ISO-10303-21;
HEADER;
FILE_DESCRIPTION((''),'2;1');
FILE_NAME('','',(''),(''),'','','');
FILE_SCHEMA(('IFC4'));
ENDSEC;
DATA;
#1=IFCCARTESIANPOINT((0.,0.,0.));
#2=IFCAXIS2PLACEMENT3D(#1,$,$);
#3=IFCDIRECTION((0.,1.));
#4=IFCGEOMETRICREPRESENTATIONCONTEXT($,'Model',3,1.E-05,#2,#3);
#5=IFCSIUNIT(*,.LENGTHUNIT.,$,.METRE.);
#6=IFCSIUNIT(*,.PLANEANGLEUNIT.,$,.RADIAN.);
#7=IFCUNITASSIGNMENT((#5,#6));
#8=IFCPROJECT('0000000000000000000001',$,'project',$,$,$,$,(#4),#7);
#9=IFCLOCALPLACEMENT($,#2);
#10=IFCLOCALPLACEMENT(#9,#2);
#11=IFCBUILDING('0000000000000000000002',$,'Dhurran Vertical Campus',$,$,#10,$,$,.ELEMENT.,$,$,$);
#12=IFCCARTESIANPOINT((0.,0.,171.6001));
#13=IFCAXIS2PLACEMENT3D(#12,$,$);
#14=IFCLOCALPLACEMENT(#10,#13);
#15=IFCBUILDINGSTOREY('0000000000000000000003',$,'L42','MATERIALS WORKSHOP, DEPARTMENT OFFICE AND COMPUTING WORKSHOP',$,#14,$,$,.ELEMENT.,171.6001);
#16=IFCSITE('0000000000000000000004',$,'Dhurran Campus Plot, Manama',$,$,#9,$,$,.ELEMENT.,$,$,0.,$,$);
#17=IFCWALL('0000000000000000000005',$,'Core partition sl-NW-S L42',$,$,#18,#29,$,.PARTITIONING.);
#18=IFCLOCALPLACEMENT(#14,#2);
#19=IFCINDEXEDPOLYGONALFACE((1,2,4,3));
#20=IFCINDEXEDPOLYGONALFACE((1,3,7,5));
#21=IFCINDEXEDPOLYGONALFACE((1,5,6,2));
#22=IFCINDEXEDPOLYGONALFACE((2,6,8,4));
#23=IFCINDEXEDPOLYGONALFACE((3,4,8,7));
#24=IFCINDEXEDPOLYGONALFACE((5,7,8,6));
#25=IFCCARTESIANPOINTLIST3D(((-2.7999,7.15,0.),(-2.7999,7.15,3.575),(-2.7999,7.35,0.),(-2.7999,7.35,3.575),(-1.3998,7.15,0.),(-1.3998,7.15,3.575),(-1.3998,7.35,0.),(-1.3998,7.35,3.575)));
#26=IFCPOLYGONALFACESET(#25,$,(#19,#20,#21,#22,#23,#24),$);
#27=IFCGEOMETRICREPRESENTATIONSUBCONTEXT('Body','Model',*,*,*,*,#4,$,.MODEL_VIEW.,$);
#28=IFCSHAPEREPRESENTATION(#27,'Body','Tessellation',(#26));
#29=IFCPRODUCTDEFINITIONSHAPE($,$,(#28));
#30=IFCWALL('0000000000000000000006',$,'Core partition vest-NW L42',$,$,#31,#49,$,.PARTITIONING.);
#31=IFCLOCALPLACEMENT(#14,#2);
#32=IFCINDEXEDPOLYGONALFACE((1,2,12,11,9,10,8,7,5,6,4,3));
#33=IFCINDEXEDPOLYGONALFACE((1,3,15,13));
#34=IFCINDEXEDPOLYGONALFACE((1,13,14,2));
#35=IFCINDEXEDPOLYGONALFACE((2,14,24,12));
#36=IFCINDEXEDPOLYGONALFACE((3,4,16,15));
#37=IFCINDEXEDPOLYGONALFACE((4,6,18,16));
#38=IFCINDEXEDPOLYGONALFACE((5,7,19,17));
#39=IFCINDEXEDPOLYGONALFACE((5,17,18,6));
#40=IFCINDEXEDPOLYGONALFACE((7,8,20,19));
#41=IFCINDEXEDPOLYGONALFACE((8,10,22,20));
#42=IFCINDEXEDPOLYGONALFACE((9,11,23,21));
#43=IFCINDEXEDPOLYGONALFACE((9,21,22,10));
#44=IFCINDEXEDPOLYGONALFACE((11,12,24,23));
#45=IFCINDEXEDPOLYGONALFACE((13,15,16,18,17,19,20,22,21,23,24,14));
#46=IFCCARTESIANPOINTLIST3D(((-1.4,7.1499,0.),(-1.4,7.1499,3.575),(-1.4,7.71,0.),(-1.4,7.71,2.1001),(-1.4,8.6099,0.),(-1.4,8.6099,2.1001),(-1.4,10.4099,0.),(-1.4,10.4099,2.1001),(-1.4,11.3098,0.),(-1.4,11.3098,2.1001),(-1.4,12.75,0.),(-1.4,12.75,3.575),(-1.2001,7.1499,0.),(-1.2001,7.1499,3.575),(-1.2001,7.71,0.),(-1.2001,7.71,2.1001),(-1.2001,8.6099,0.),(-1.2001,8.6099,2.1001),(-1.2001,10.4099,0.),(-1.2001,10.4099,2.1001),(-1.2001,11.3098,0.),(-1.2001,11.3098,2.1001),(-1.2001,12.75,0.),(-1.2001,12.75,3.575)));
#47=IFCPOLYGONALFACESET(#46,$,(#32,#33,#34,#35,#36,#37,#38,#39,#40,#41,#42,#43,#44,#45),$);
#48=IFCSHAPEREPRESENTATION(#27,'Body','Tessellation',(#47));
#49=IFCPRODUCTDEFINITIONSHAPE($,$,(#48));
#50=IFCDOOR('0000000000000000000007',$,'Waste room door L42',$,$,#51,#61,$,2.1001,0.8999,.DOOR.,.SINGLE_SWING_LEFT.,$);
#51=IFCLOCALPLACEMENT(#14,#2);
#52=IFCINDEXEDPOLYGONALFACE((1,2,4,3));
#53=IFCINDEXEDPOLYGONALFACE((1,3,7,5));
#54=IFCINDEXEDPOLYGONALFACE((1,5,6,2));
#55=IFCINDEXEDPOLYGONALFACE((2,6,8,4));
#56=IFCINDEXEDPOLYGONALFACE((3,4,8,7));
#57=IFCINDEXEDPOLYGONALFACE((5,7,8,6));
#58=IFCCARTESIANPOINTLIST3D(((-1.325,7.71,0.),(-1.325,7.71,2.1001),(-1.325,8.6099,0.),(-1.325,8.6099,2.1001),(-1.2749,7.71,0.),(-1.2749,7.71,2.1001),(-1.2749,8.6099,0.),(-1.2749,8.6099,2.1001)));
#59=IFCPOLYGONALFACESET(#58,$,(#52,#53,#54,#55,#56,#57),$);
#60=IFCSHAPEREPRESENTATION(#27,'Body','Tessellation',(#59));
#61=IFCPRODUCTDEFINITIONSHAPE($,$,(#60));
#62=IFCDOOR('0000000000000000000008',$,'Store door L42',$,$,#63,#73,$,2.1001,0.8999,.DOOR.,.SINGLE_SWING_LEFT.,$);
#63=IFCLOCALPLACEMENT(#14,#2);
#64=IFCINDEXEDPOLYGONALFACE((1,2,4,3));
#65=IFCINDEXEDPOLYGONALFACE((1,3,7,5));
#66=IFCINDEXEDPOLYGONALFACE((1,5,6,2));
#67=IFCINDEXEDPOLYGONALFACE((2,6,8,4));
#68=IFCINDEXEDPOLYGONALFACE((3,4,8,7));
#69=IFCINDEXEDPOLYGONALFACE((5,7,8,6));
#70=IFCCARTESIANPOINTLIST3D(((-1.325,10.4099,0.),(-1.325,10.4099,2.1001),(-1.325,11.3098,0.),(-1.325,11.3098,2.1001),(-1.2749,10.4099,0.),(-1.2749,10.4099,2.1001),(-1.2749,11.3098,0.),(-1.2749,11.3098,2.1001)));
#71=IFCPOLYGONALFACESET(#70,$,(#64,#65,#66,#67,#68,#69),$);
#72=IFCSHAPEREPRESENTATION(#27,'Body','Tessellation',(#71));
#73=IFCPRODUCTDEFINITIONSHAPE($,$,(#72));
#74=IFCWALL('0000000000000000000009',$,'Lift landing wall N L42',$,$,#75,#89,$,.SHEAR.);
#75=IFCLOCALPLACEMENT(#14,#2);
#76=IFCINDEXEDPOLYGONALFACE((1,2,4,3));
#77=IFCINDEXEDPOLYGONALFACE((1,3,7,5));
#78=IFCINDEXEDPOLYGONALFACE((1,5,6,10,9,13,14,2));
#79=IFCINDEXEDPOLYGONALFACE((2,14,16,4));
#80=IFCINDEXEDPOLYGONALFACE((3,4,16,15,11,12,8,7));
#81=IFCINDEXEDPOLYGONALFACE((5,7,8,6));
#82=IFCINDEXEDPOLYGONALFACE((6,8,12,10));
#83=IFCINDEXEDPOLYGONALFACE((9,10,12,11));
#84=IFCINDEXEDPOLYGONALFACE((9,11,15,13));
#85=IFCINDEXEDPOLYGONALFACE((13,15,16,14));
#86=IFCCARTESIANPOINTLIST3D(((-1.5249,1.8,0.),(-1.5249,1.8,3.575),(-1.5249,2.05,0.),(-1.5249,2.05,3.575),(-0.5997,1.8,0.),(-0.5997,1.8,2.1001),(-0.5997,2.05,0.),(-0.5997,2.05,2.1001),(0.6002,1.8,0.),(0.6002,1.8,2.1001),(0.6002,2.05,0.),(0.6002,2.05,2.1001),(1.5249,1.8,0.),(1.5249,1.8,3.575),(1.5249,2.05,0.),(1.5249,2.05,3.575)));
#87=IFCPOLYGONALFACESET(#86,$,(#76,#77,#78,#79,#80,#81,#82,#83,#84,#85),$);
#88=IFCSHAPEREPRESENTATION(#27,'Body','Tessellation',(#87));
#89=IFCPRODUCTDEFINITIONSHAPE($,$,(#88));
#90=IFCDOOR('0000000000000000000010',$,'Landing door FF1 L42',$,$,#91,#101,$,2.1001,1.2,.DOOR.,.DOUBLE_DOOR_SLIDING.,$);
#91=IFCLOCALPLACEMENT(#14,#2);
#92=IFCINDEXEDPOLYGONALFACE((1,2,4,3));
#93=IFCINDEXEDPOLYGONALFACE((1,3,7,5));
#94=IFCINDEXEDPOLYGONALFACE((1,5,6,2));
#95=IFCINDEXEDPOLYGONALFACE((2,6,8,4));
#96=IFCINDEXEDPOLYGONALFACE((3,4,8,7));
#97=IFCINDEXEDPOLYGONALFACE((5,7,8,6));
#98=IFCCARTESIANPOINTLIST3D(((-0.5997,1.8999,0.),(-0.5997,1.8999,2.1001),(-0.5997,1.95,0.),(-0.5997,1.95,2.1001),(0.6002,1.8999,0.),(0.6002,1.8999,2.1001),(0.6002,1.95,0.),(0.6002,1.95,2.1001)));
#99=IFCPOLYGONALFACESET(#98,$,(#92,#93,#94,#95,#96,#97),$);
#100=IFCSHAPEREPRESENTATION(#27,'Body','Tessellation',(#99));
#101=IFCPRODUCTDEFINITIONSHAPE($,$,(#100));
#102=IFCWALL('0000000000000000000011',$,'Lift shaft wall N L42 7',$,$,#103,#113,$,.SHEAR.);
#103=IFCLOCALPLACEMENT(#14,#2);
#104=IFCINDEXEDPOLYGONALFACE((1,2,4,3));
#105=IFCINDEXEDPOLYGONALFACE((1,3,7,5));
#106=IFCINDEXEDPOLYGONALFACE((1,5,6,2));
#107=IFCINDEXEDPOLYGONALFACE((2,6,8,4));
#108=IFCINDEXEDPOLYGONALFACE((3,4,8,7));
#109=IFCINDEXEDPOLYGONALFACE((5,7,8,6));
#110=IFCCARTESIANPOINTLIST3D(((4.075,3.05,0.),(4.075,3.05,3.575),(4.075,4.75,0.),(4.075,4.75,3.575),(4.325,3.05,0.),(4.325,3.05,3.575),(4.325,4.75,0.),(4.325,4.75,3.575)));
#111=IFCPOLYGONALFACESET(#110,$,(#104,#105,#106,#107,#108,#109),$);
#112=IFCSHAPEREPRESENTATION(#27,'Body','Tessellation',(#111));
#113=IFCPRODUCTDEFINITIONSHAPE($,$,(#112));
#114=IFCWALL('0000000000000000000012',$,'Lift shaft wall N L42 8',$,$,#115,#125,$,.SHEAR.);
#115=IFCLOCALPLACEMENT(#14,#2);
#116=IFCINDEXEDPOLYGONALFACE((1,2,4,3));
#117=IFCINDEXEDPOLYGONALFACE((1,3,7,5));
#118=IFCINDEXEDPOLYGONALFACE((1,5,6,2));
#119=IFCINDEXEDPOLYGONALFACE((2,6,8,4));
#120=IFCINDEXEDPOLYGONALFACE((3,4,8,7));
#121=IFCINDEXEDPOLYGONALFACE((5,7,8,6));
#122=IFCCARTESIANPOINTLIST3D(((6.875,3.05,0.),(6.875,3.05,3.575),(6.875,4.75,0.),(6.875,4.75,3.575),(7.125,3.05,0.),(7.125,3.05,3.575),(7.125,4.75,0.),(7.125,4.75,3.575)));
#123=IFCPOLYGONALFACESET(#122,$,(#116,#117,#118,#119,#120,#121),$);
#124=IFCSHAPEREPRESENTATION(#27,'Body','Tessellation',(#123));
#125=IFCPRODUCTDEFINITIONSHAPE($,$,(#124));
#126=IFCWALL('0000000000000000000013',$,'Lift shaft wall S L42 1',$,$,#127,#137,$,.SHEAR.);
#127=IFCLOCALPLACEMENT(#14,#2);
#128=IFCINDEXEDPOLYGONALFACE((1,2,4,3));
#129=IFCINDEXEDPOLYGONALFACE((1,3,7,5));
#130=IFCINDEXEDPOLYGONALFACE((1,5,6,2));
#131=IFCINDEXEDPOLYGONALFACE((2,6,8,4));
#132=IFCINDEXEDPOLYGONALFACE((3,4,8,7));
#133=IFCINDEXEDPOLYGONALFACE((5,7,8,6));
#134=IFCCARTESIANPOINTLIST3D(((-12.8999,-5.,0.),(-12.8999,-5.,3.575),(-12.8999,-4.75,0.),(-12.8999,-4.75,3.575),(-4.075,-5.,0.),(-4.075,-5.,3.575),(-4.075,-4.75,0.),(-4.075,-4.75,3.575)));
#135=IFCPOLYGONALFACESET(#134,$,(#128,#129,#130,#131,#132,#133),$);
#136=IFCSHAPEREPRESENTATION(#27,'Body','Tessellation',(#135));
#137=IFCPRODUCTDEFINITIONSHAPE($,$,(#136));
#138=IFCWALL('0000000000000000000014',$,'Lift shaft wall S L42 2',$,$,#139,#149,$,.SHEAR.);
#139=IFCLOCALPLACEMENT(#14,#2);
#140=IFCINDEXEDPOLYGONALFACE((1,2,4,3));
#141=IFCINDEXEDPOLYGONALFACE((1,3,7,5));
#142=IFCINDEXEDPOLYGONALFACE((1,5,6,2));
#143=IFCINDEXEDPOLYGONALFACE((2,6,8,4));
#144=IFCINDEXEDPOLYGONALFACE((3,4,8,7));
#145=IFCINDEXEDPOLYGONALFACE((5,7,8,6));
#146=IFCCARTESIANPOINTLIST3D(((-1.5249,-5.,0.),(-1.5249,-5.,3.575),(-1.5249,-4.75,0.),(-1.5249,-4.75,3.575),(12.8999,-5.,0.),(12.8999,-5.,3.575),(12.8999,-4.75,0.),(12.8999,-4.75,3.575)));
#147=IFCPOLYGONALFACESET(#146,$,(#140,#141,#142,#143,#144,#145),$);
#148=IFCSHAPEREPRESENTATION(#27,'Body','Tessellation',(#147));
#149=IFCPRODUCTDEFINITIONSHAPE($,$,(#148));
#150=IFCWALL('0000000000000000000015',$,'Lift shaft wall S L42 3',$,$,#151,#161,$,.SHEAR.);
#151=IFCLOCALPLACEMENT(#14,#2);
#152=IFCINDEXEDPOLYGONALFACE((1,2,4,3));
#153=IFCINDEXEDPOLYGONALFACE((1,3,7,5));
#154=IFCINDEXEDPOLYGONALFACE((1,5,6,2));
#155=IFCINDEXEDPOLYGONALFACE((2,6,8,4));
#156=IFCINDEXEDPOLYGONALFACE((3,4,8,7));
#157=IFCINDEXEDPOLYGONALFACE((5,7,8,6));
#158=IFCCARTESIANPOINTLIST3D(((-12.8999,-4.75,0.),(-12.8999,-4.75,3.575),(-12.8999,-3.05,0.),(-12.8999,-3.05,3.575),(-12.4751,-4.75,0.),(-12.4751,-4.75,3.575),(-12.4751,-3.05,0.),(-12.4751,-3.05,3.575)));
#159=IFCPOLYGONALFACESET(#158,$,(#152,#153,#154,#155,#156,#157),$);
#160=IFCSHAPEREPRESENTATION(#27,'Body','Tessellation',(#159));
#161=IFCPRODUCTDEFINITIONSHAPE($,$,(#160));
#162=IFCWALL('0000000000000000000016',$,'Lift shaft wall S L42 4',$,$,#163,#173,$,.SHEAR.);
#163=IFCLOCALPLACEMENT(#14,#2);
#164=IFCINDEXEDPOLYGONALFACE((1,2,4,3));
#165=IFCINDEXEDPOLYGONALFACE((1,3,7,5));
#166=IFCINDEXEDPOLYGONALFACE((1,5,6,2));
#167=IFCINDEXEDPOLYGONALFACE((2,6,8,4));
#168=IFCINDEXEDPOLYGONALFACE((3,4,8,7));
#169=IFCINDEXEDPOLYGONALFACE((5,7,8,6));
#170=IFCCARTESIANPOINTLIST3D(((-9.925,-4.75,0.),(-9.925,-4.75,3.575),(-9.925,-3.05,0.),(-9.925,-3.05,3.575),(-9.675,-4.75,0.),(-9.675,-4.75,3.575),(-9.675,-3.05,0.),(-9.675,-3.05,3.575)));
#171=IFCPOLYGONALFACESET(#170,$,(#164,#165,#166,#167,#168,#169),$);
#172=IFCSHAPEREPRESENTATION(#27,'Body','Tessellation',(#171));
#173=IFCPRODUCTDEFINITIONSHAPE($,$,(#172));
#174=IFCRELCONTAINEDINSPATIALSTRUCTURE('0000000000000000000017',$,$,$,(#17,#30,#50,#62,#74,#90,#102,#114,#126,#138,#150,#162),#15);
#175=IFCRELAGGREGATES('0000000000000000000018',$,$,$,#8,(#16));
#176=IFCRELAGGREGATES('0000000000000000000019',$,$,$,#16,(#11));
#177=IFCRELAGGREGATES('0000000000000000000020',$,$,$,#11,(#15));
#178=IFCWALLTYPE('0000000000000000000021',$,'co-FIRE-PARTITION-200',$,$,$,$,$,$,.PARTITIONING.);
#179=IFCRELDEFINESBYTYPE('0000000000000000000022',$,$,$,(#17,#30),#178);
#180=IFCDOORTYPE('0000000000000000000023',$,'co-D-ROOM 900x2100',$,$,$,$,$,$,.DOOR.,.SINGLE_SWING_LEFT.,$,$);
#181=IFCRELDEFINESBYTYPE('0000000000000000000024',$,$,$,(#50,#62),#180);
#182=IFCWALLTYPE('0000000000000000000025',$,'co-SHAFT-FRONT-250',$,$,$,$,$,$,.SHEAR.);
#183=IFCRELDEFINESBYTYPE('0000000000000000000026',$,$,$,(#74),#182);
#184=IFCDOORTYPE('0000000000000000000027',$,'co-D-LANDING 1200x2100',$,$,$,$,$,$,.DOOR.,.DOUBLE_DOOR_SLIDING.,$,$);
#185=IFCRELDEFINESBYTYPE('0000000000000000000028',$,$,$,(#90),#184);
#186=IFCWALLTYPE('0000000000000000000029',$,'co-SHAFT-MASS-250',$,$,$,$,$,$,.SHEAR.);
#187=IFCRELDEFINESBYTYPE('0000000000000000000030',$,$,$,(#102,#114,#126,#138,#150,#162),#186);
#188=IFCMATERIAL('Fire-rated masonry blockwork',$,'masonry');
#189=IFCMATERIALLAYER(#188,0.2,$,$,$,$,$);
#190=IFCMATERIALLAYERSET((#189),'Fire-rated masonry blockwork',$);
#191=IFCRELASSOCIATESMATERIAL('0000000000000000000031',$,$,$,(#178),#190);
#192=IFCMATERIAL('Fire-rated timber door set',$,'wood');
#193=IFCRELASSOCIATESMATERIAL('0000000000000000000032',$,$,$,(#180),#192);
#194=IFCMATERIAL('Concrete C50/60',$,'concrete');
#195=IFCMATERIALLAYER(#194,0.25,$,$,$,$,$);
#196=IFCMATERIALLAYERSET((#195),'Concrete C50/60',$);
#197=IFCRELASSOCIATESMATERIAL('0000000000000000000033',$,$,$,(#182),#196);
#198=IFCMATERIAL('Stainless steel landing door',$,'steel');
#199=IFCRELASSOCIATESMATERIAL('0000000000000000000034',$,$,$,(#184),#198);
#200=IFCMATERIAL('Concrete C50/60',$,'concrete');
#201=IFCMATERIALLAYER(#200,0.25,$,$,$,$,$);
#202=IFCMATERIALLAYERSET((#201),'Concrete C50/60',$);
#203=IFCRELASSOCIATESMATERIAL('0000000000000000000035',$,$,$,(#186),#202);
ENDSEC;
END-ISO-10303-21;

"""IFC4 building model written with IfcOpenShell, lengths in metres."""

from ifc_helpers import new_model, si_unit, direction, frame, frame_2d, origin, place, context, subcontext, project, spatial, polyline, rectangle, outline, extrude, material, layer, layer_set, type_object, element, fill, save


model = new_model("IFC4")

# Units and contexts
model_context = context("Model", 3, precision=1e-05, world=origin(), true_north=direction((0.0, 1.0)))
body_context = subcontext(model_context, "Body", "Model", "MODEL_VIEW")
ifc_project = project(units=[si_unit("LENGTHUNIT", "METRE"), si_unit("PLANEANGLEUNIT", "RADIAN")], contexts=[model_context])

# Site, building, storey
site_placement = place(None, origin())
site = spatial("IfcSite", under=ifc_project, at=site_placement, Name="Dhurran Campus Plot, Manama", CompositionType="ELEMENT", RefElevation=0.0)
building_placement = place(site_placement, origin())
building = spatial("IfcBuilding", under=site, at=building_placement, Name="Dhurran Vertical Campus", CompositionType="ELEMENT")
storey_placement = place(building_placement, frame((0.0, 0.0, 171.6001)))
storey = spatial("IfcBuildingStorey", under=building, at=storey_placement, Name="L42", Description="MATERIALS WORKSHOP, DEPARTMENT OFFICE AND COMPUTING WORKSHOP", CompositionType="ELEMENT", Elevation=171.6001)

# Wall
ifc_material_1 = material(Name="Fire-rated masonry blockwork", Category="masonry")
ifc_layer_1 = layer(ifc_material_1, 0.2)
ifc_layer_set_1 = layer_set([ifc_layer_1], Name="Fire-rated masonry blockwork")
wall_type_1 = type_object("IfcWallType", Name="co-FIRE-PARTITION-200", PredefinedType="PARTITIONING", material=ifc_layer_set_1)
wall_1_placement = place(storey_placement, frame((-2.8, 7.25, 0.0), z_axis=(0.0, 0.0, 1.0), x_axis=(1.0, 0.0, 0.0)))
element("IfcWall", 1, at=wall_1_placement, inside=storey, type_object=wall_type_1, Name="Core partition sl-NW-S L42", PredefinedType="PARTITIONING", context=body_context, shape_type="SweptSolid", body=[
    extrude(rectangle(XDim=1.4001, YDim=0.2, at=frame_2d((0.7002, 0.0))), origin(), (0.0, 0.0, 1.0), 3.575),
])

# Wall, openings, doors
wall_2_placement = place(storey_placement, frame((-1.3, 7.1499, 0.0), z_axis=(0.0, 0.0, 1.0), x_axis=(0.0, 1.0, 0.0)))
wall_2 = element("IfcWall", 2, at=wall_2_placement, inside=storey, type_object=wall_type_1, Name="Core partition vest-NW L42", PredefinedType="PARTITIONING", context=body_context, shape_type="SweptSolid", body=[
    extrude(rectangle(XDim=5.6001, YDim=0.2, at=frame_2d((2.8, 0.0))), origin(), (0.0, 0.0, 1.0), 3.575),
])
opening_1_placement = place(wall_2_placement, frame((0.5601, 0.0, 0.0)))
opening_1 = element("IfcOpeningElement", 3, at=opening_1_placement, cuts=wall_2, PredefinedType="OPENING", context=body_context, shape_type="SweptSolid", body=[
    extrude(rectangle(XDim=0.8999, YDim=2.1001, at=frame_2d((0.45, 1.05))), frame((0.0, 0.1099, 0.0), z_axis=(0.0, -1.0, 0.0), x_axis=(1.0, 0.0, 0.0)), (0.0, 0.0, 1.0), 0.22),
])
opening_2_placement = place(wall_2_placement, frame((3.26, 0.0, 0.0)))
opening_2 = element("IfcOpeningElement", 4, at=opening_2_placement, cuts=wall_2, PredefinedType="OPENING", context=body_context, shape_type="SweptSolid", body=[
    extrude(rectangle(XDim=0.8999, YDim=2.1001, at=frame_2d((0.45, 1.05))), frame((0.0, 0.1099, 0.0), z_axis=(0.0, -1.0, 0.0), x_axis=(1.0, 0.0, 0.0)), (0.0, 0.0, 1.0), 0.22),
])
ifc_material_2 = material(Name="Fire-rated timber door set", Category="wood")
door_type_1 = type_object("IfcDoorType", Name="co-D-ROOM 900x2100", OperationType="SINGLE_SWING_LEFT", PredefinedType="DOOR", material=ifc_material_2)
door_1_placement = place(opening_1_placement, origin())
door_1 = element("IfcDoor", 5, at=door_1_placement, inside=storey, type_object=door_type_1, Name="Waste room door L42", OperationType="SINGLE_SWING_LEFT", OverallHeight=2.1001, OverallWidth=0.8999, PredefinedType="DOOR", context=body_context, shape_type="SweptSolid", body=[
    extrude(rectangle(XDim=0.8999, YDim=2.1001, at=frame_2d((0.45, 1.05))), frame((0.0, 0.0249, 0.0), z_axis=(0.0, -1.0, 0.0), x_axis=(1.0, 0.0, 0.0)), (0.0, 0.0, 1.0), 0.05),
])
fill(opening_1, door_1)
door_2_placement = place(opening_2_placement, origin())
door_2 = element("IfcDoor", 6, at=door_2_placement, inside=storey, type_object=door_type_1, Name="Store door L42", OperationType="SINGLE_SWING_LEFT", OverallHeight=2.1001, OverallWidth=0.8999, PredefinedType="DOOR", context=body_context, shape_type="SweptSolid", body=[
    extrude(rectangle(XDim=0.8999, YDim=2.1001, at=frame_2d((0.45, 1.05))), frame((0.0, 0.0249, 0.0), z_axis=(0.0, -1.0, 0.0), x_axis=(1.0, 0.0, 0.0)), (0.0, 0.0, 1.0), 0.05),
])
fill(opening_2, door_2)

# Wall, opening, door
ifc_material_3 = material(Name="Concrete C50/60", Category="concrete")
ifc_layer_2 = layer(ifc_material_3, 0.25)
ifc_layer_set_2 = layer_set([ifc_layer_2], Name="Concrete C50/60")
wall_type_2 = type_object("IfcWallType", Name="co-SHAFT-FRONT-250", PredefinedType="SHEAR", material=ifc_layer_set_2)
wall_3_placement = place(storey_placement, frame((-1.5249, 1.925, 0.0), z_axis=(0.0, 0.0, 1.0), x_axis=(1.0, 0.0, 0.0)))
wall_3 = element("IfcWall", 7, at=wall_3_placement, inside=storey, type_object=wall_type_2, Name="Lift landing wall N L42", PredefinedType="SHEAR", context=body_context, shape_type="SweptSolid", body=[
    extrude(rectangle(XDim=3.0498, YDim=0.25, at=frame_2d((1.5249, 0.0))), origin(), (0.0, 0.0, 1.0), 3.575),
])
opening_3_placement = place(wall_3_placement, frame((0.925, 0.0, 0.0)))
opening_3 = element("IfcOpeningElement", 8, at=opening_3_placement, cuts=wall_3, PredefinedType="OPENING", context=body_context, shape_type="SweptSolid", body=[
    extrude(rectangle(XDim=1.2, YDim=2.1001, at=frame_2d((0.6001, 1.05))), frame((0.0, 0.135, 0.0), z_axis=(0.0, -1.0, 0.0), x_axis=(1.0, 0.0, 0.0)), (0.0, 0.0, 1.0), 0.27),
])
ifc_material_4 = material(Name="Stainless steel landing door", Category="steel")
door_type_2 = type_object("IfcDoorType", Name="co-D-LANDING 1200x2100", OperationType="DOUBLE_DOOR_SLIDING", PredefinedType="DOOR", material=ifc_material_4)
door_3_placement = place(opening_3_placement, origin())
door_3 = element("IfcDoor", 9, at=door_3_placement, inside=storey, type_object=door_type_2, Name="Landing door FF1 L42", OperationType="DOUBLE_DOOR_SLIDING", OverallHeight=2.1001, OverallWidth=1.2, PredefinedType="DOOR", context=body_context, shape_type="SweptSolid", body=[
    extrude(rectangle(XDim=1.2, YDim=2.1001, at=frame_2d((0.6001, 1.05))), frame((0.0, 0.0249, 0.0), z_axis=(0.0, -1.0, 0.0), x_axis=(1.0, 0.0, 0.0)), (0.0, 0.0, 1.0), 0.05),
])
fill(opening_3, door_3)

# Walls
ifc_material_5 = material(Name="Concrete C50/60", Category="concrete")
ifc_layer_3 = layer(ifc_material_5, 0.25)
ifc_layer_set_3 = layer_set([ifc_layer_3], Name="Concrete C50/60")
wall_type_3 = type_object("IfcWallType", Name="co-SHAFT-MASS-250", PredefinedType="SHEAR", material=ifc_layer_set_3)
wall_4_placement = place(storey_placement, origin())
element("IfcWall", 10, at=wall_4_placement, inside=storey, type_object=wall_type_3, Name="Lift shaft wall N L42 7", PredefinedType="SHEAR", context=body_context, shape_type="SweptSolid", body=[
    extrude(outline(polyline([(4.075, 3.05), (4.325, 3.05), (4.325, 4.75), (4.075, 4.75), (4.075, 3.05)])), origin(), (0.0, 0.0, 1.0), 3.575),
])
wall_5_placement = place(storey_placement, origin())
element("IfcWall", 11, at=wall_5_placement, inside=storey, type_object=wall_type_3, Name="Lift shaft wall N L42 8", PredefinedType="SHEAR", context=body_context, shape_type="SweptSolid", body=[
    extrude(outline(polyline([(6.875, 3.05), (7.125, 3.05), (7.125, 4.75), (6.875, 4.75), (6.875, 3.05)])), origin(), (0.0, 0.0, 1.0), 3.575),
])
wall_6_placement = place(storey_placement, origin())
element("IfcWall", 12, at=wall_6_placement, inside=storey, type_object=wall_type_3, Name="Lift shaft wall S L42 1", PredefinedType="SHEAR", context=body_context, shape_type="SweptSolid", body=[
    extrude(outline(polyline([(-12.8999, -5.0), (-4.075, -5.0), (-4.075, -4.75), (-12.8999, -4.75), (-12.8999, -5.0)])), origin(), (0.0, 0.0, 1.0), 3.575),
])
wall_7_placement = place(storey_placement, origin())
element("IfcWall", 13, at=wall_7_placement, inside=storey, type_object=wall_type_3, Name="Lift shaft wall S L42 2", PredefinedType="SHEAR", context=body_context, shape_type="SweptSolid", body=[
    extrude(outline(polyline([(-1.5249, -5.0), (12.8999, -5.0), (12.8999, -4.75), (-1.5249, -4.75), (-1.5249, -5.0)])), origin(), (0.0, 0.0, 1.0), 3.575),
])
wall_8_placement = place(storey_placement, origin())
element("IfcWall", 14, at=wall_8_placement, inside=storey, type_object=wall_type_3, Name="Lift shaft wall S L42 3", PredefinedType="SHEAR", context=body_context, shape_type="SweptSolid", body=[
    extrude(outline(polyline([(-12.8999, -4.75), (-12.4751, -4.75), (-12.4751, -3.05), (-12.8999, -3.05), (-12.8999, -4.75)])), origin(), (0.0, 0.0, 1.0), 3.575),
])
wall_9_placement = place(storey_placement, origin())
element("IfcWall", 15, at=wall_9_placement, inside=storey, type_object=wall_type_3, Name="Lift shaft wall S L42 4", PredefinedType="SHEAR", context=body_context, shape_type="SweptSolid", body=[
    extrude(outline(polyline([(-9.925, -4.75), (-9.675, -4.75), (-9.675, -3.05), (-9.925, -3.05), (-9.925, -4.75)])), origin(), (0.0, 0.0, 1.0), 3.575),
])

save(model, "model.ifc")
